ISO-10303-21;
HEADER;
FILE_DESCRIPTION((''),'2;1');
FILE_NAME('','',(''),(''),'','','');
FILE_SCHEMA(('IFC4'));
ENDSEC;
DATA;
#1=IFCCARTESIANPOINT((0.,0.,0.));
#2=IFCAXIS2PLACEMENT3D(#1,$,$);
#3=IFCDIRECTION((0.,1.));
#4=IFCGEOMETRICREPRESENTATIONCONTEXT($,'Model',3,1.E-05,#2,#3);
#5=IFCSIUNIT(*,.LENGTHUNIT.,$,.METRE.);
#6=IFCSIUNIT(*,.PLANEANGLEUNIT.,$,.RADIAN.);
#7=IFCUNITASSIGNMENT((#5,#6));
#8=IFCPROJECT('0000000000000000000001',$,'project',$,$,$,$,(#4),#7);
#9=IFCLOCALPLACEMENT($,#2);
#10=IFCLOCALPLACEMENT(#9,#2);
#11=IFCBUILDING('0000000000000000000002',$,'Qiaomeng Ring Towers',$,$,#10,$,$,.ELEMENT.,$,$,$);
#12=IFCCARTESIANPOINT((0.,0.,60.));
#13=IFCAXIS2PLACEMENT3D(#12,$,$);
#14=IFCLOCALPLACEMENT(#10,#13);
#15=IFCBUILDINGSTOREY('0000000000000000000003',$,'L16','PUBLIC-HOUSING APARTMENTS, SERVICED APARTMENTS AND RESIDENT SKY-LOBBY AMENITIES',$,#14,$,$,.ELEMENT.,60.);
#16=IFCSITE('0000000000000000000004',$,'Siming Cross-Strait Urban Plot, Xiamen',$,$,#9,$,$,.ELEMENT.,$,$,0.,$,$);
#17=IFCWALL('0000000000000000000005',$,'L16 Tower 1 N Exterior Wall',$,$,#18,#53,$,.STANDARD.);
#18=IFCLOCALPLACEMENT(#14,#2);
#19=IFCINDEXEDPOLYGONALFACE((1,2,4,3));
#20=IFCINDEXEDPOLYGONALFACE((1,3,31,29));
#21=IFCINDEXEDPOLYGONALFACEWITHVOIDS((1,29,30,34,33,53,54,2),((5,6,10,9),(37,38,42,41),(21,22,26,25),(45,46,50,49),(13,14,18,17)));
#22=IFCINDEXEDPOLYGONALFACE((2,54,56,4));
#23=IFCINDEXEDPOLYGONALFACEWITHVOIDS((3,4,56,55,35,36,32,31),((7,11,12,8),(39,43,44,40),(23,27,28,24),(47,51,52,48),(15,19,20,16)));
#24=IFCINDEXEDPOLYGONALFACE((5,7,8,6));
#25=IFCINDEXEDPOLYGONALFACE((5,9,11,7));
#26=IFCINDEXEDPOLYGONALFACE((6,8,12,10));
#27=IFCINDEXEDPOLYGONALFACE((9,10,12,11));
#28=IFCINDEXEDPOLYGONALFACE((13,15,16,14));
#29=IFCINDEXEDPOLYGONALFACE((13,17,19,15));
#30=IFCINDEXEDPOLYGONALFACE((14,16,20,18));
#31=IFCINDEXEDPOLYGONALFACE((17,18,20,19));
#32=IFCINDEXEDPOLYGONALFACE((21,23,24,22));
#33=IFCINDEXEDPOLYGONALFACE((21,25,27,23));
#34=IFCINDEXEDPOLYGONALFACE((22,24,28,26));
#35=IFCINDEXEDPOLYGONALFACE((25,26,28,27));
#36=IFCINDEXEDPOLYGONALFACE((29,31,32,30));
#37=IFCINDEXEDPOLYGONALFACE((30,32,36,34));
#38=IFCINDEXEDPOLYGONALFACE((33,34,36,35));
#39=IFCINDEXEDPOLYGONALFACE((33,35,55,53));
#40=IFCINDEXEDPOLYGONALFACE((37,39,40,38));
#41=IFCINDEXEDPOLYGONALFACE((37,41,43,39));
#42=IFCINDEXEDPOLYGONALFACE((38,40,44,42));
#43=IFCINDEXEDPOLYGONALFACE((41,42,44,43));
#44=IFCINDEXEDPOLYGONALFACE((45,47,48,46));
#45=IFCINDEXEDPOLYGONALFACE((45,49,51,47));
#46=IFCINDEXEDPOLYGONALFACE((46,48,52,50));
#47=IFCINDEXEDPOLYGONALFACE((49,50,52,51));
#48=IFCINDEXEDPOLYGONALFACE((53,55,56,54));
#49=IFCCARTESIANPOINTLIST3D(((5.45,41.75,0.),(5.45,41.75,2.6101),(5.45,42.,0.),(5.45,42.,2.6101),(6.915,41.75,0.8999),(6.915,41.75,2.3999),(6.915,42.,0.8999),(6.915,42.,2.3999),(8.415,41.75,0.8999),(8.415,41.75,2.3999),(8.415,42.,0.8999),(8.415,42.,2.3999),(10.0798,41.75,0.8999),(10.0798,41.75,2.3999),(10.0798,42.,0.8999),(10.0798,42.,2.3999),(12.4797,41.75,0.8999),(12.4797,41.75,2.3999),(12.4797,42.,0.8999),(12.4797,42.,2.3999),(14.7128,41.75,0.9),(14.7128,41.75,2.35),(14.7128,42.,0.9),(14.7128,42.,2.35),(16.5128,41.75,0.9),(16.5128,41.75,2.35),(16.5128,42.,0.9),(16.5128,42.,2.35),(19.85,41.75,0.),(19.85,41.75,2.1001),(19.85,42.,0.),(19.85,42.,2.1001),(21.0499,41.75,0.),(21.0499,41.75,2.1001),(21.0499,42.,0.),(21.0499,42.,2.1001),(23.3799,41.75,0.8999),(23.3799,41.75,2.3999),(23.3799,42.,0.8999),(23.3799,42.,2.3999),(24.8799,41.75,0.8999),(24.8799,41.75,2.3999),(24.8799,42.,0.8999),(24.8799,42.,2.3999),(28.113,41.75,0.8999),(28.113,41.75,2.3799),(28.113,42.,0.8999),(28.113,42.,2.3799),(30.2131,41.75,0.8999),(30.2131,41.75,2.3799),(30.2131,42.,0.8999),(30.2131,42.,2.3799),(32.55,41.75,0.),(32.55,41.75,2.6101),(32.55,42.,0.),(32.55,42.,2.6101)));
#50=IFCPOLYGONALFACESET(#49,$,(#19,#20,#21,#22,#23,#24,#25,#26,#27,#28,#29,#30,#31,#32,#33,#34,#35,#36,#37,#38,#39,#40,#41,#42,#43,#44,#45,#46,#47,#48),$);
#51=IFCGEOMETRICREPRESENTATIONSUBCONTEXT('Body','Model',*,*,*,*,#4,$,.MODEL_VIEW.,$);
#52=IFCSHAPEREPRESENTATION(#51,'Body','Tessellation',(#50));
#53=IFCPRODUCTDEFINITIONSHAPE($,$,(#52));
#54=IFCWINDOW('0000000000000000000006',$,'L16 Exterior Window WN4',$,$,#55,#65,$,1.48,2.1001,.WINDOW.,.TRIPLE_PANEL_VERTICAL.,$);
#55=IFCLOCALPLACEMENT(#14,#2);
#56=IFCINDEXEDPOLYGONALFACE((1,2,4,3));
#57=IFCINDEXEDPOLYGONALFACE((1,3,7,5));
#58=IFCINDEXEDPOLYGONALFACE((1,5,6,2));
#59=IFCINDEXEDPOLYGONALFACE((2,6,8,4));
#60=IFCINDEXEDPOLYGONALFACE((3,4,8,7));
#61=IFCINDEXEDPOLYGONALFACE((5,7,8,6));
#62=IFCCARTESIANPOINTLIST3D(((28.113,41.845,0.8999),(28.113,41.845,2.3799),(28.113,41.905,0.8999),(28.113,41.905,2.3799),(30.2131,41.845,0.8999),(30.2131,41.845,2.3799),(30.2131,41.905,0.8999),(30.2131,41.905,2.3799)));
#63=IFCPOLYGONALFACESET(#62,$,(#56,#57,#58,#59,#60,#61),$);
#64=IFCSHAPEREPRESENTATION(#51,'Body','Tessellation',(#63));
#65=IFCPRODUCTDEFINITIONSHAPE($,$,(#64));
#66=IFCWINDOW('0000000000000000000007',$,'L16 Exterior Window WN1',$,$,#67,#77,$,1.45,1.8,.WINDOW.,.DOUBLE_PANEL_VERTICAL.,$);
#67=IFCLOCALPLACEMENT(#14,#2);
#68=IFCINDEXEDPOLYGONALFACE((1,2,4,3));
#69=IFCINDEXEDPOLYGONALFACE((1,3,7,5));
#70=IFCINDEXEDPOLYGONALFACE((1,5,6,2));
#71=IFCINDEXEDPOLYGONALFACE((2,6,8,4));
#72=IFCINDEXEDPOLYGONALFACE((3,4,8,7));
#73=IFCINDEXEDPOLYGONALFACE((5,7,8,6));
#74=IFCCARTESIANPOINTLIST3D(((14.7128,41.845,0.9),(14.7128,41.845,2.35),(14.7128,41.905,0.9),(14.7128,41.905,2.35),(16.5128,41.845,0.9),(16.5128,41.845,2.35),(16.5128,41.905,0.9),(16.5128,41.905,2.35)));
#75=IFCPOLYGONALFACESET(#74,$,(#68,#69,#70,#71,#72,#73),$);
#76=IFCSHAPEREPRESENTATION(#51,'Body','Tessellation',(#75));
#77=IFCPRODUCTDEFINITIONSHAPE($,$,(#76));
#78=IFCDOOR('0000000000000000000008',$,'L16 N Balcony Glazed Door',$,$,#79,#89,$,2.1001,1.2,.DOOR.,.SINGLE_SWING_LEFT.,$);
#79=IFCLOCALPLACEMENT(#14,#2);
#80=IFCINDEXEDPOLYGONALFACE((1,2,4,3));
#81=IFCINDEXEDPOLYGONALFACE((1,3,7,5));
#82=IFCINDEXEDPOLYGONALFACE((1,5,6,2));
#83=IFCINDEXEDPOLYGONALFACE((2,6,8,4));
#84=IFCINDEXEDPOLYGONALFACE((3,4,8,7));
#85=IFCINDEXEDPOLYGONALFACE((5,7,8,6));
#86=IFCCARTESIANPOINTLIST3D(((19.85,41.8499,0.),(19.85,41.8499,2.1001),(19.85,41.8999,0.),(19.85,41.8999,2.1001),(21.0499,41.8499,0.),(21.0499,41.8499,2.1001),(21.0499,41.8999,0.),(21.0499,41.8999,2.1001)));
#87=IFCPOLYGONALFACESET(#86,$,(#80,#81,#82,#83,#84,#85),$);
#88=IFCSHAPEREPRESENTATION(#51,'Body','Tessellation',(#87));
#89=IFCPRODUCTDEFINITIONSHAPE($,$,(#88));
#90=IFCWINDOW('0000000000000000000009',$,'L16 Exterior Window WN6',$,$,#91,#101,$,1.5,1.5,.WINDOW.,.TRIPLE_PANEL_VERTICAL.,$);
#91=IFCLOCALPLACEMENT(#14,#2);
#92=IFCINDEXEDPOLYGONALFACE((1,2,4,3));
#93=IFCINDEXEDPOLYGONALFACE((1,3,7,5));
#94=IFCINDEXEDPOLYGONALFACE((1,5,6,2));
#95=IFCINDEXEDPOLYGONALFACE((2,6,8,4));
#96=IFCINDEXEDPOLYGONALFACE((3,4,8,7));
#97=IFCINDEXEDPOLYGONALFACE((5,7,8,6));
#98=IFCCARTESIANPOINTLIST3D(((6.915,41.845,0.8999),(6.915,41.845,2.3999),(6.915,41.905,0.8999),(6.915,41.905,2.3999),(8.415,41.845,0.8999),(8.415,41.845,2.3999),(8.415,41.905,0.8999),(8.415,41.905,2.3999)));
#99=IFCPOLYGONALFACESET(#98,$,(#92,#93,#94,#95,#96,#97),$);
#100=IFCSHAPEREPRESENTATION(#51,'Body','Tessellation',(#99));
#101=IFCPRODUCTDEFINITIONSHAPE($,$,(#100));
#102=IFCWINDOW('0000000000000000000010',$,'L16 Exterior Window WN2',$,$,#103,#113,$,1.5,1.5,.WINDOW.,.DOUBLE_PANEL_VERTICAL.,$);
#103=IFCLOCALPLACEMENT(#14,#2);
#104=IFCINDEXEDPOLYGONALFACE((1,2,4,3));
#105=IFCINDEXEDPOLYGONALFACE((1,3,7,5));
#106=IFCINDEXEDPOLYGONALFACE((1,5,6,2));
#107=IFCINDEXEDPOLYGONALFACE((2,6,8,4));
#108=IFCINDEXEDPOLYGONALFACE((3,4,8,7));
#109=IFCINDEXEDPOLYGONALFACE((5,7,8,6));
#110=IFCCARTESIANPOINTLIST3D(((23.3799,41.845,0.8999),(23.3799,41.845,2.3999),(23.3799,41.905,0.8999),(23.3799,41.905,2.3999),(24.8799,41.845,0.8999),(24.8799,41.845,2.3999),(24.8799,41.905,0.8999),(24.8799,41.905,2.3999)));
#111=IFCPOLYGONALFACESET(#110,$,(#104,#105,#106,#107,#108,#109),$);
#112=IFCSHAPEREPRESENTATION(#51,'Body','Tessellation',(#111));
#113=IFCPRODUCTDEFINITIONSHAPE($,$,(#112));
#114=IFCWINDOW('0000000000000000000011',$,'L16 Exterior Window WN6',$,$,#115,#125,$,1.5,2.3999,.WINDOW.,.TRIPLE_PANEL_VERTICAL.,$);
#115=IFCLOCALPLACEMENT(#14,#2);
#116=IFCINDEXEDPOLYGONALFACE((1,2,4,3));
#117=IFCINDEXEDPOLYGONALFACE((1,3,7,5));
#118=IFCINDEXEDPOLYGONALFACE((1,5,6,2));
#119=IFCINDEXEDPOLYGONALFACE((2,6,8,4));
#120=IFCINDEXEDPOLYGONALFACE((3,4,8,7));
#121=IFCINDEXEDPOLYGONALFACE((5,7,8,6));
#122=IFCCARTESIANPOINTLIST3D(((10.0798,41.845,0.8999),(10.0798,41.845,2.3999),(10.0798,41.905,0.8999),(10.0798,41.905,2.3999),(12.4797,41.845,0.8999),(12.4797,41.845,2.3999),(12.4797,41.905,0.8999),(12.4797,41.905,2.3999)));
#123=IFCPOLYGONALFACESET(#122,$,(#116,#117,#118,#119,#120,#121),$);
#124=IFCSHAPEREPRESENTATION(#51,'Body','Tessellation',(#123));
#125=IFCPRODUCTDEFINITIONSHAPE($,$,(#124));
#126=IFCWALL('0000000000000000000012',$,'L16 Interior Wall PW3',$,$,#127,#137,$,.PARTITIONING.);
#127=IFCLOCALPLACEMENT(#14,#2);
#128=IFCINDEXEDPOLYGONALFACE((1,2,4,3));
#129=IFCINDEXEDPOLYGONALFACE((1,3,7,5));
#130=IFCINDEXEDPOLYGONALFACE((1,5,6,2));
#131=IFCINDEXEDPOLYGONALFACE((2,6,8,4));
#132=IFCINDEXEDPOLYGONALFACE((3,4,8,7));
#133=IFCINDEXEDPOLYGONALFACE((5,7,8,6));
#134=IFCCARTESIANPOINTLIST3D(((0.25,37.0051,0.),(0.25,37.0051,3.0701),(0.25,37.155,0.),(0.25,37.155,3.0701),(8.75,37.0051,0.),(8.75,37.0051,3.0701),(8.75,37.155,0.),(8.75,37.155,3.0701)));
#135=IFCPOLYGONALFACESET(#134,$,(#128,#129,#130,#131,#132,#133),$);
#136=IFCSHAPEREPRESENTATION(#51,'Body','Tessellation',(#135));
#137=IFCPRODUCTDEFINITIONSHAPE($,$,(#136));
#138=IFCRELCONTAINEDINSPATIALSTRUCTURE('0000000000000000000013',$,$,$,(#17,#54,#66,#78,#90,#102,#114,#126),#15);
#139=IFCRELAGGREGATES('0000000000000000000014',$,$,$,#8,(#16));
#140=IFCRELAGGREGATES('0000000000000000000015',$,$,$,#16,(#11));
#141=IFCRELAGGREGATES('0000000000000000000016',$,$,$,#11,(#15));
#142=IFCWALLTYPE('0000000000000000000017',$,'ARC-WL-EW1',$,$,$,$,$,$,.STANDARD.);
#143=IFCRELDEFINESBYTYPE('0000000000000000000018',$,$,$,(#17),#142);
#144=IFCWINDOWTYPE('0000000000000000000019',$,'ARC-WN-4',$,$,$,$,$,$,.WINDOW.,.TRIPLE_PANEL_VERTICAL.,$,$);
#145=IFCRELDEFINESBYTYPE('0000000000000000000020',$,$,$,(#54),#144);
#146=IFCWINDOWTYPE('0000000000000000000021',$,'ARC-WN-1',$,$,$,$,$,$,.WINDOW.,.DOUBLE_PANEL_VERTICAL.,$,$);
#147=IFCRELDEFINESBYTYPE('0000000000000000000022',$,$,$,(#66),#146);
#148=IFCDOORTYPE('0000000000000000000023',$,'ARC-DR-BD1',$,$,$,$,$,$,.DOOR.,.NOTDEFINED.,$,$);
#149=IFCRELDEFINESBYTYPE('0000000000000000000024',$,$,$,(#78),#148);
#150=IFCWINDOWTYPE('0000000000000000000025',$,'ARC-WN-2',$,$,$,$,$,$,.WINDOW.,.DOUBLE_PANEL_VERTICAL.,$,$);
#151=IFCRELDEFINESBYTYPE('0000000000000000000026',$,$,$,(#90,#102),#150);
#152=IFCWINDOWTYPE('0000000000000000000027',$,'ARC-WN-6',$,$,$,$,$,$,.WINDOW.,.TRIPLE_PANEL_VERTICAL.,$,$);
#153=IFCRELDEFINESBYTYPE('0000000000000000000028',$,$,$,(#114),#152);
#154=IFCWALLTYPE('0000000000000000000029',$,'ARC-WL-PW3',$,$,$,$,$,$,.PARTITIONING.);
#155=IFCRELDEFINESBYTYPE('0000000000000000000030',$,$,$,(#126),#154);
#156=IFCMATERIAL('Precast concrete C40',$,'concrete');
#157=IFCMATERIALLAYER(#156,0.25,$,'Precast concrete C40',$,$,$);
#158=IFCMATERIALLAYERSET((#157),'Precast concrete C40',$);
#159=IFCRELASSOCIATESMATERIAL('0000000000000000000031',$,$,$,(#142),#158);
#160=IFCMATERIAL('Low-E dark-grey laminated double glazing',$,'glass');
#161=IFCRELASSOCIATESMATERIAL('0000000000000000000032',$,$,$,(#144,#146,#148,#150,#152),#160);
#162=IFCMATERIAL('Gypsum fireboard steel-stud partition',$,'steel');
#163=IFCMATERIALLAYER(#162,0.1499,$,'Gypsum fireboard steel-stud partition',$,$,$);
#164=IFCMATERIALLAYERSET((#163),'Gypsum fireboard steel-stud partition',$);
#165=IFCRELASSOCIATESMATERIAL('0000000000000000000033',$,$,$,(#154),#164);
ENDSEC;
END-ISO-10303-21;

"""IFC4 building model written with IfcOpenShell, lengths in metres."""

from ifc_helpers import new_model, si_unit, direction, frame, frame_2d, origin, place, context, subcontext, project, spatial, rectangle, extrude, source, transform, mapped, material, layer, layer_set, type_object, element, fill, save


model = new_model("IFC4")

# Units and contexts
model_context = context("Model", 3, precision=1e-05, world=origin(), true_north=direction((0.0, 1.0)))
body_context = subcontext(model_context, "Body", "Model", "MODEL_VIEW")
ifc_project = project(units=[si_unit("LENGTHUNIT", "METRE"), si_unit("PLANEANGLEUNIT", "RADIAN")], contexts=[model_context])

# Site, building, storey
site_placement = place(None, origin())
site = spatial("IfcSite", under=ifc_project, at=site_placement, Name="Siming Cross-Strait Urban Plot, Xiamen", CompositionType="ELEMENT", RefElevation=0.0)
building_placement = place(site_placement, origin())
building = spatial("IfcBuilding", under=site, at=building_placement, Name="Qiaomeng Ring Towers", CompositionType="ELEMENT")
storey_placement = place(building_placement, frame((0.0, 0.0, 60.0)))
storey = spatial("IfcBuildingStorey", under=building, at=storey_placement, Name="L16", Description="PUBLIC-HOUSING APARTMENTS, SERVICED APARTMENTS AND RESIDENT SKY-LOBBY AMENITIES", CompositionType="ELEMENT", Elevation=60.0)

# Shared definitions
ifc_material_1 = material(Name="Low-E dark-grey laminated double glazing", Category="glass")

# Wall, openings, windows, door
ifc_material_2 = material(Name="Precast concrete C40", Category="concrete")
ifc_layer_1 = layer(ifc_material_2, 0.25, Name="Precast concrete C40")
ifc_layer_set_1 = layer_set([ifc_layer_1], Name="Precast concrete C40")
wall_type_1 = type_object("IfcWallType", Name="ARC-WL-EW1", PredefinedType="STANDARD", material=ifc_layer_set_1)
wall_1_placement = place(storey_placement, frame((5.45, 41.875, 0.0), z_axis=(0.0, 0.0, 1.0), x_axis=(1.0, 0.0, 0.0)))
wall_1 = element("IfcWall", 1, at=wall_1_placement, inside=storey, type_object=wall_type_1, Name="L16 Tower 1 N Exterior Wall", PredefinedType="STANDARD", context=body_context, shape_type="SweptSolid", body=[
    extrude(rectangle(XDim=27.1001, YDim=0.25, at=frame_2d((13.55, 0.0))), origin(), (0.0, 0.0, 1.0), 2.6101),
])
opening_1_placement = place(wall_1_placement, frame((14.3999, 0.0, 0.0)))
opening_1 = element("IfcOpeningElement", 2, at=opening_1_placement, cuts=wall_1, PredefinedType="OPENING", context=body_context, shape_type="SweptSolid", body=[
    extrude(rectangle(XDim=1.2, YDim=2.1001, at=frame_2d((0.6001, 1.05))), frame((0.0, 0.135, 0.0), z_axis=(0.0, -1.0, 0.0), x_axis=(1.0, 0.0, 0.0)), (0.0, 0.0, 1.0), 0.27),
])
opening_2_placement = place(wall_1_placement, frame((1.4651, 0.0, 0.8999)))
opening_2 = element("IfcOpeningElement", 3, at=opening_2_placement, cuts=wall_1, PredefinedType="OPENING", context=body_context, shape_type="SweptSolid", body=[
    extrude(rectangle(XDim=1.5, YDim=1.5, at=frame_2d((0.75, 0.75))), frame((0.0, 0.135, 0.0), z_axis=(0.0, -1.0, 0.0), x_axis=(1.0, 0.0, 0.0)), (0.0, 0.0, 1.0), 0.27),
])
opening_3_placement = place(wall_1_placement, frame((9.2629, 0.0, 0.8999)))
opening_3 = element("IfcOpeningElement", 4, at=opening_3_placement, cuts=wall_1, PredefinedType="OPENING", context=body_context, shape_type="SweptSolid", body=[
    extrude(rectangle(XDim=1.8, YDim=1.45, at=frame_2d((0.8999, 0.7251))), frame((0.0, 0.135, 0.0), z_axis=(0.0, -1.0, 0.0), x_axis=(1.0, 0.0, 0.0)), (0.0, 0.0, 1.0), 0.27),
])
opening_4_placement = place(wall_1_placement, frame((17.9299, 0.0, 0.8999)))
opening_4 = element("IfcOpeningElement", 5, at=opening_4_placement, cuts=wall_1, PredefinedType="OPENING", context=body_context, shape_type="SweptSolid", body=[
    extrude(rectangle(XDim=1.5, YDim=1.5, at=frame_2d((0.75, 0.75))), frame((0.0, 0.135, 0.0), z_axis=(0.0, -1.0, 0.0), x_axis=(1.0, 0.0, 0.0)), (0.0, 0.0, 1.0), 0.27),
])
opening_5_placement = place(wall_1_placement, frame((22.6631, 0.0, 0.8999)))
opening_5 = element("IfcOpeningElement", 6, at=opening_5_placement, cuts=wall_1, PredefinedType="OPENING", context=body_context, shape_type="SweptSolid", body=[
    extrude(rectangle(XDim=2.1001, YDim=1.48, at=frame_2d((1.05, 0.74))), frame((0.0, 0.135, 0.0), z_axis=(0.0, -1.0, 0.0), x_axis=(1.0, 0.0, 0.0)), (0.0, 0.0, 1.0), 0.27),
])
opening_6_placement = place(wall_1_placement, frame((4.6299, 0.0, 0.8999)))
opening_6 = element("IfcOpeningElement", 7, at=opening_6_placement, cuts=wall_1, PredefinedType="OPENING", context=body_context, shape_type="SweptSolid", body=[
    extrude(rectangle(XDim=2.3999, YDim=1.5, at=frame_2d((1.2, 0.75))), frame((0.0, 0.135, 0.0), z_axis=(0.0, -1.0, 0.0), x_axis=(1.0, 0.0, 0.0)), (0.0, 0.0, 1.0), 0.27),
])
window_type_1 = type_object("IfcWindowType", Name="ARC-WN-4", PartitioningType="TRIPLE_PANEL_VERTICAL", PredefinedType="WINDOW", material=ifc_material_1)
shared_shape_1 = source(origin(), body_context, "Body", "SweptSolid", [
    extrude(rectangle(XDim=2.1001, YDim=1.48, at=frame_2d((1.05, 0.74))), frame((0.0, 0.03, 0.0), z_axis=(0.0, -1.0, 0.0), x_axis=(1.0, 0.0, 0.0)), (0.0, 0.0, 1.0), 0.0601),
])
window_1_placement = place(opening_5_placement, origin())
window_1 = element("IfcWindow", 8, at=window_1_placement, inside=storey, type_object=window_type_1, Name="L16 Exterior Window WN4", OverallHeight=1.48, OverallWidth=2.1001, PartitioningType="TRIPLE_PANEL_VERTICAL", PredefinedType="WINDOW", context=body_context, shape_type="MappedRepresentation", body=[
    mapped(shared_shape_1, transform((0.0, 0.0, 0.0), x_axis=(1.0, 0.0, 0.0), y_axis=(0.0, 1.0, 0.0), z_axis=(0.0, 0.0, 1.0), scale=1.0)),
])
fill(opening_5, window_1)
window_type_2 = type_object("IfcWindowType", Name="ARC-WN-1", PartitioningType="DOUBLE_PANEL_VERTICAL", PredefinedType="WINDOW", material=ifc_material_1)
shared_shape_2 = source(origin(), body_context, "Body", "SweptSolid", [
    extrude(rectangle(XDim=1.8, YDim=1.45, at=frame_2d((0.8999, 0.7251))), frame((0.0, 0.03, 0.0), z_axis=(0.0, -1.0, 0.0), x_axis=(1.0, 0.0, 0.0)), (0.0, 0.0, 1.0), 0.0601),
])
window_2_placement = place(opening_3_placement, origin())
window_2 = element("IfcWindow", 9, at=window_2_placement, inside=storey, type_object=window_type_2, Name="L16 Exterior Window WN1", OverallHeight=1.45, OverallWidth=1.8, PartitioningType="DOUBLE_PANEL_VERTICAL", PredefinedType="WINDOW", context=body_context, shape_type="MappedRepresentation", body=[
    mapped(shared_shape_2, transform((0.0, 0.0, 0.0), x_axis=(1.0, 0.0, 0.0), y_axis=(0.0, 1.0, 0.0), z_axis=(0.0, 0.0, 1.0), scale=1.0)),
])
fill(opening_3, window_2)
door_type_1 = type_object("IfcDoorType", Name="ARC-DR-BD1", OperationType="NOTDEFINED", PredefinedType="DOOR", material=ifc_material_1)
shared_shape_3 = source(origin(), body_context, "Body", "SweptSolid", [
    extrude(rectangle(XDim=1.2, YDim=2.1001, at=frame_2d((0.6001, 1.05))), frame((0.0, 0.0249, 0.0), z_axis=(0.0, -1.0, 0.0), x_axis=(1.0, 0.0, 0.0)), (0.0, 0.0, 1.0), 0.05),
])
door_1_placement = place(opening_1_placement, origin())
door_1 = element("IfcDoor", 10, at=door_1_placement, inside=storey, type_object=door_type_1, Name="L16 N Balcony Glazed Door", OperationType="SINGLE_SWING_LEFT", OverallHeight=2.1001, OverallWidth=1.2, PredefinedType="DOOR", context=body_context, shape_type="MappedRepresentation", body=[
    mapped(shared_shape_3, transform((0.0, 0.0, 0.0), x_axis=(1.0, 0.0, 0.0), y_axis=(0.0, 1.0, 0.0), z_axis=(0.0, 0.0, 1.0), scale=1.0)),
])
fill(opening_1, door_1)
window_type_3 = type_object("IfcWindowType", Name="ARC-WN-2", PartitioningType="DOUBLE_PANEL_VERTICAL", PredefinedType="WINDOW", material=ifc_material_1)
shared_shape_4 = source(origin(), body_context, "Body", "SweptSolid", [
    extrude(rectangle(XDim=1.5, YDim=1.5, at=frame_2d((0.75, 0.75))), frame((0.0, 0.03, 0.0), z_axis=(0.0, -1.0, 0.0), x_axis=(1.0, 0.0, 0.0)), (0.0, 0.0, 1.0), 0.0601),
])
window_3_placement = place(opening_2_placement, origin())
window_3 = element("IfcWindow", 11, at=window_3_placement, inside=storey, type_object=window_type_3, Name="L16 Exterior Window WN6", OverallHeight=1.5, OverallWidth=1.5, PartitioningType="TRIPLE_PANEL_VERTICAL", PredefinedType="WINDOW", context=body_context, shape_type="MappedRepresentation", body=[
    mapped(shared_shape_4, transform((0.0, 0.0, 0.0), x_axis=(1.0, 0.0, 0.0), y_axis=(0.0, 1.0, 0.0), z_axis=(0.0, 0.0, 1.0), scale=1.0)),
])
fill(opening_2, window_3)
window_4_placement = place(opening_4_placement, origin())
window_4 = element("IfcWindow", 12, at=window_4_placement, inside=storey, type_object=window_type_3, Name="L16 Exterior Window WN2", OverallHeight=1.5, OverallWidth=1.5, PartitioningType="DOUBLE_PANEL_VERTICAL", PredefinedType="WINDOW", context=body_context, shape_type="MappedRepresentation", body=[
    mapped(shared_shape_4, transform((0.0, 0.0, 0.0), x_axis=(1.0, 0.0, 0.0), y_axis=(0.0, 1.0, 0.0), z_axis=(0.0, 0.0, 1.0), scale=1.0)),
])
fill(opening_4, window_4)
window_type_4 = type_object("IfcWindowType", Name="ARC-WN-6", PartitioningType="TRIPLE_PANEL_VERTICAL", PredefinedType="WINDOW", material=ifc_material_1)
shared_shape_5 = source(origin(), body_context, "Body", "SweptSolid", [
    extrude(rectangle(XDim=2.3999, YDim=1.5, at=frame_2d((1.2, 0.75))), frame((0.0, 0.03, 0.0), z_axis=(0.0, -1.0, 0.0), x_axis=(1.0, 0.0, 0.0)), (0.0, 0.0, 1.0), 0.0601),
])
window_5_placement = place(opening_6_placement, origin())
window_5 = element("IfcWindow", 13, at=window_5_placement, inside=storey, type_object=window_type_4, Name="L16 Exterior Window WN6", OverallHeight=1.5, OverallWidth=2.3999, PartitioningType="TRIPLE_PANEL_VERTICAL", PredefinedType="WINDOW", context=body_context, shape_type="MappedRepresentation", body=[
    mapped(shared_shape_5, transform((0.0, 0.0, 0.0), x_axis=(1.0, 0.0, 0.0), y_axis=(0.0, 1.0, 0.0), z_axis=(0.0, 0.0, 1.0), scale=1.0)),
])
fill(opening_6, window_5)

# Wall
ifc_material_3 = material(Name="Gypsum fireboard steel-stud partition", Category="steel")
ifc_layer_2 = layer(ifc_material_3, 0.1499, Name="Gypsum fireboard steel-stud partition")
ifc_layer_set_2 = layer_set([ifc_layer_2], Name="Gypsum fireboard steel-stud partition")
wall_type_2 = type_object("IfcWallType", Name="ARC-WL-PW3", PredefinedType="PARTITIONING", material=ifc_layer_set_2)
wall_2_placement = place(storey_placement, frame((0.25, 37.0801, 0.0), z_axis=(0.0, 0.0, 1.0), x_axis=(1.0, 0.0, 0.0)))
element("IfcWall", 14, at=wall_2_placement, inside=storey, type_object=wall_type_2, Name="L16 Interior Wall PW3", PredefinedType="PARTITIONING", context=body_context, shape_type="SweptSolid", body=[
    extrude(rectangle(XDim=8.5, YDim=0.1499, at=frame_2d((4.25, 0.0))), origin(), (0.0, 0.0, 1.0), 3.0701),
])

save(model, "model.ifc")
